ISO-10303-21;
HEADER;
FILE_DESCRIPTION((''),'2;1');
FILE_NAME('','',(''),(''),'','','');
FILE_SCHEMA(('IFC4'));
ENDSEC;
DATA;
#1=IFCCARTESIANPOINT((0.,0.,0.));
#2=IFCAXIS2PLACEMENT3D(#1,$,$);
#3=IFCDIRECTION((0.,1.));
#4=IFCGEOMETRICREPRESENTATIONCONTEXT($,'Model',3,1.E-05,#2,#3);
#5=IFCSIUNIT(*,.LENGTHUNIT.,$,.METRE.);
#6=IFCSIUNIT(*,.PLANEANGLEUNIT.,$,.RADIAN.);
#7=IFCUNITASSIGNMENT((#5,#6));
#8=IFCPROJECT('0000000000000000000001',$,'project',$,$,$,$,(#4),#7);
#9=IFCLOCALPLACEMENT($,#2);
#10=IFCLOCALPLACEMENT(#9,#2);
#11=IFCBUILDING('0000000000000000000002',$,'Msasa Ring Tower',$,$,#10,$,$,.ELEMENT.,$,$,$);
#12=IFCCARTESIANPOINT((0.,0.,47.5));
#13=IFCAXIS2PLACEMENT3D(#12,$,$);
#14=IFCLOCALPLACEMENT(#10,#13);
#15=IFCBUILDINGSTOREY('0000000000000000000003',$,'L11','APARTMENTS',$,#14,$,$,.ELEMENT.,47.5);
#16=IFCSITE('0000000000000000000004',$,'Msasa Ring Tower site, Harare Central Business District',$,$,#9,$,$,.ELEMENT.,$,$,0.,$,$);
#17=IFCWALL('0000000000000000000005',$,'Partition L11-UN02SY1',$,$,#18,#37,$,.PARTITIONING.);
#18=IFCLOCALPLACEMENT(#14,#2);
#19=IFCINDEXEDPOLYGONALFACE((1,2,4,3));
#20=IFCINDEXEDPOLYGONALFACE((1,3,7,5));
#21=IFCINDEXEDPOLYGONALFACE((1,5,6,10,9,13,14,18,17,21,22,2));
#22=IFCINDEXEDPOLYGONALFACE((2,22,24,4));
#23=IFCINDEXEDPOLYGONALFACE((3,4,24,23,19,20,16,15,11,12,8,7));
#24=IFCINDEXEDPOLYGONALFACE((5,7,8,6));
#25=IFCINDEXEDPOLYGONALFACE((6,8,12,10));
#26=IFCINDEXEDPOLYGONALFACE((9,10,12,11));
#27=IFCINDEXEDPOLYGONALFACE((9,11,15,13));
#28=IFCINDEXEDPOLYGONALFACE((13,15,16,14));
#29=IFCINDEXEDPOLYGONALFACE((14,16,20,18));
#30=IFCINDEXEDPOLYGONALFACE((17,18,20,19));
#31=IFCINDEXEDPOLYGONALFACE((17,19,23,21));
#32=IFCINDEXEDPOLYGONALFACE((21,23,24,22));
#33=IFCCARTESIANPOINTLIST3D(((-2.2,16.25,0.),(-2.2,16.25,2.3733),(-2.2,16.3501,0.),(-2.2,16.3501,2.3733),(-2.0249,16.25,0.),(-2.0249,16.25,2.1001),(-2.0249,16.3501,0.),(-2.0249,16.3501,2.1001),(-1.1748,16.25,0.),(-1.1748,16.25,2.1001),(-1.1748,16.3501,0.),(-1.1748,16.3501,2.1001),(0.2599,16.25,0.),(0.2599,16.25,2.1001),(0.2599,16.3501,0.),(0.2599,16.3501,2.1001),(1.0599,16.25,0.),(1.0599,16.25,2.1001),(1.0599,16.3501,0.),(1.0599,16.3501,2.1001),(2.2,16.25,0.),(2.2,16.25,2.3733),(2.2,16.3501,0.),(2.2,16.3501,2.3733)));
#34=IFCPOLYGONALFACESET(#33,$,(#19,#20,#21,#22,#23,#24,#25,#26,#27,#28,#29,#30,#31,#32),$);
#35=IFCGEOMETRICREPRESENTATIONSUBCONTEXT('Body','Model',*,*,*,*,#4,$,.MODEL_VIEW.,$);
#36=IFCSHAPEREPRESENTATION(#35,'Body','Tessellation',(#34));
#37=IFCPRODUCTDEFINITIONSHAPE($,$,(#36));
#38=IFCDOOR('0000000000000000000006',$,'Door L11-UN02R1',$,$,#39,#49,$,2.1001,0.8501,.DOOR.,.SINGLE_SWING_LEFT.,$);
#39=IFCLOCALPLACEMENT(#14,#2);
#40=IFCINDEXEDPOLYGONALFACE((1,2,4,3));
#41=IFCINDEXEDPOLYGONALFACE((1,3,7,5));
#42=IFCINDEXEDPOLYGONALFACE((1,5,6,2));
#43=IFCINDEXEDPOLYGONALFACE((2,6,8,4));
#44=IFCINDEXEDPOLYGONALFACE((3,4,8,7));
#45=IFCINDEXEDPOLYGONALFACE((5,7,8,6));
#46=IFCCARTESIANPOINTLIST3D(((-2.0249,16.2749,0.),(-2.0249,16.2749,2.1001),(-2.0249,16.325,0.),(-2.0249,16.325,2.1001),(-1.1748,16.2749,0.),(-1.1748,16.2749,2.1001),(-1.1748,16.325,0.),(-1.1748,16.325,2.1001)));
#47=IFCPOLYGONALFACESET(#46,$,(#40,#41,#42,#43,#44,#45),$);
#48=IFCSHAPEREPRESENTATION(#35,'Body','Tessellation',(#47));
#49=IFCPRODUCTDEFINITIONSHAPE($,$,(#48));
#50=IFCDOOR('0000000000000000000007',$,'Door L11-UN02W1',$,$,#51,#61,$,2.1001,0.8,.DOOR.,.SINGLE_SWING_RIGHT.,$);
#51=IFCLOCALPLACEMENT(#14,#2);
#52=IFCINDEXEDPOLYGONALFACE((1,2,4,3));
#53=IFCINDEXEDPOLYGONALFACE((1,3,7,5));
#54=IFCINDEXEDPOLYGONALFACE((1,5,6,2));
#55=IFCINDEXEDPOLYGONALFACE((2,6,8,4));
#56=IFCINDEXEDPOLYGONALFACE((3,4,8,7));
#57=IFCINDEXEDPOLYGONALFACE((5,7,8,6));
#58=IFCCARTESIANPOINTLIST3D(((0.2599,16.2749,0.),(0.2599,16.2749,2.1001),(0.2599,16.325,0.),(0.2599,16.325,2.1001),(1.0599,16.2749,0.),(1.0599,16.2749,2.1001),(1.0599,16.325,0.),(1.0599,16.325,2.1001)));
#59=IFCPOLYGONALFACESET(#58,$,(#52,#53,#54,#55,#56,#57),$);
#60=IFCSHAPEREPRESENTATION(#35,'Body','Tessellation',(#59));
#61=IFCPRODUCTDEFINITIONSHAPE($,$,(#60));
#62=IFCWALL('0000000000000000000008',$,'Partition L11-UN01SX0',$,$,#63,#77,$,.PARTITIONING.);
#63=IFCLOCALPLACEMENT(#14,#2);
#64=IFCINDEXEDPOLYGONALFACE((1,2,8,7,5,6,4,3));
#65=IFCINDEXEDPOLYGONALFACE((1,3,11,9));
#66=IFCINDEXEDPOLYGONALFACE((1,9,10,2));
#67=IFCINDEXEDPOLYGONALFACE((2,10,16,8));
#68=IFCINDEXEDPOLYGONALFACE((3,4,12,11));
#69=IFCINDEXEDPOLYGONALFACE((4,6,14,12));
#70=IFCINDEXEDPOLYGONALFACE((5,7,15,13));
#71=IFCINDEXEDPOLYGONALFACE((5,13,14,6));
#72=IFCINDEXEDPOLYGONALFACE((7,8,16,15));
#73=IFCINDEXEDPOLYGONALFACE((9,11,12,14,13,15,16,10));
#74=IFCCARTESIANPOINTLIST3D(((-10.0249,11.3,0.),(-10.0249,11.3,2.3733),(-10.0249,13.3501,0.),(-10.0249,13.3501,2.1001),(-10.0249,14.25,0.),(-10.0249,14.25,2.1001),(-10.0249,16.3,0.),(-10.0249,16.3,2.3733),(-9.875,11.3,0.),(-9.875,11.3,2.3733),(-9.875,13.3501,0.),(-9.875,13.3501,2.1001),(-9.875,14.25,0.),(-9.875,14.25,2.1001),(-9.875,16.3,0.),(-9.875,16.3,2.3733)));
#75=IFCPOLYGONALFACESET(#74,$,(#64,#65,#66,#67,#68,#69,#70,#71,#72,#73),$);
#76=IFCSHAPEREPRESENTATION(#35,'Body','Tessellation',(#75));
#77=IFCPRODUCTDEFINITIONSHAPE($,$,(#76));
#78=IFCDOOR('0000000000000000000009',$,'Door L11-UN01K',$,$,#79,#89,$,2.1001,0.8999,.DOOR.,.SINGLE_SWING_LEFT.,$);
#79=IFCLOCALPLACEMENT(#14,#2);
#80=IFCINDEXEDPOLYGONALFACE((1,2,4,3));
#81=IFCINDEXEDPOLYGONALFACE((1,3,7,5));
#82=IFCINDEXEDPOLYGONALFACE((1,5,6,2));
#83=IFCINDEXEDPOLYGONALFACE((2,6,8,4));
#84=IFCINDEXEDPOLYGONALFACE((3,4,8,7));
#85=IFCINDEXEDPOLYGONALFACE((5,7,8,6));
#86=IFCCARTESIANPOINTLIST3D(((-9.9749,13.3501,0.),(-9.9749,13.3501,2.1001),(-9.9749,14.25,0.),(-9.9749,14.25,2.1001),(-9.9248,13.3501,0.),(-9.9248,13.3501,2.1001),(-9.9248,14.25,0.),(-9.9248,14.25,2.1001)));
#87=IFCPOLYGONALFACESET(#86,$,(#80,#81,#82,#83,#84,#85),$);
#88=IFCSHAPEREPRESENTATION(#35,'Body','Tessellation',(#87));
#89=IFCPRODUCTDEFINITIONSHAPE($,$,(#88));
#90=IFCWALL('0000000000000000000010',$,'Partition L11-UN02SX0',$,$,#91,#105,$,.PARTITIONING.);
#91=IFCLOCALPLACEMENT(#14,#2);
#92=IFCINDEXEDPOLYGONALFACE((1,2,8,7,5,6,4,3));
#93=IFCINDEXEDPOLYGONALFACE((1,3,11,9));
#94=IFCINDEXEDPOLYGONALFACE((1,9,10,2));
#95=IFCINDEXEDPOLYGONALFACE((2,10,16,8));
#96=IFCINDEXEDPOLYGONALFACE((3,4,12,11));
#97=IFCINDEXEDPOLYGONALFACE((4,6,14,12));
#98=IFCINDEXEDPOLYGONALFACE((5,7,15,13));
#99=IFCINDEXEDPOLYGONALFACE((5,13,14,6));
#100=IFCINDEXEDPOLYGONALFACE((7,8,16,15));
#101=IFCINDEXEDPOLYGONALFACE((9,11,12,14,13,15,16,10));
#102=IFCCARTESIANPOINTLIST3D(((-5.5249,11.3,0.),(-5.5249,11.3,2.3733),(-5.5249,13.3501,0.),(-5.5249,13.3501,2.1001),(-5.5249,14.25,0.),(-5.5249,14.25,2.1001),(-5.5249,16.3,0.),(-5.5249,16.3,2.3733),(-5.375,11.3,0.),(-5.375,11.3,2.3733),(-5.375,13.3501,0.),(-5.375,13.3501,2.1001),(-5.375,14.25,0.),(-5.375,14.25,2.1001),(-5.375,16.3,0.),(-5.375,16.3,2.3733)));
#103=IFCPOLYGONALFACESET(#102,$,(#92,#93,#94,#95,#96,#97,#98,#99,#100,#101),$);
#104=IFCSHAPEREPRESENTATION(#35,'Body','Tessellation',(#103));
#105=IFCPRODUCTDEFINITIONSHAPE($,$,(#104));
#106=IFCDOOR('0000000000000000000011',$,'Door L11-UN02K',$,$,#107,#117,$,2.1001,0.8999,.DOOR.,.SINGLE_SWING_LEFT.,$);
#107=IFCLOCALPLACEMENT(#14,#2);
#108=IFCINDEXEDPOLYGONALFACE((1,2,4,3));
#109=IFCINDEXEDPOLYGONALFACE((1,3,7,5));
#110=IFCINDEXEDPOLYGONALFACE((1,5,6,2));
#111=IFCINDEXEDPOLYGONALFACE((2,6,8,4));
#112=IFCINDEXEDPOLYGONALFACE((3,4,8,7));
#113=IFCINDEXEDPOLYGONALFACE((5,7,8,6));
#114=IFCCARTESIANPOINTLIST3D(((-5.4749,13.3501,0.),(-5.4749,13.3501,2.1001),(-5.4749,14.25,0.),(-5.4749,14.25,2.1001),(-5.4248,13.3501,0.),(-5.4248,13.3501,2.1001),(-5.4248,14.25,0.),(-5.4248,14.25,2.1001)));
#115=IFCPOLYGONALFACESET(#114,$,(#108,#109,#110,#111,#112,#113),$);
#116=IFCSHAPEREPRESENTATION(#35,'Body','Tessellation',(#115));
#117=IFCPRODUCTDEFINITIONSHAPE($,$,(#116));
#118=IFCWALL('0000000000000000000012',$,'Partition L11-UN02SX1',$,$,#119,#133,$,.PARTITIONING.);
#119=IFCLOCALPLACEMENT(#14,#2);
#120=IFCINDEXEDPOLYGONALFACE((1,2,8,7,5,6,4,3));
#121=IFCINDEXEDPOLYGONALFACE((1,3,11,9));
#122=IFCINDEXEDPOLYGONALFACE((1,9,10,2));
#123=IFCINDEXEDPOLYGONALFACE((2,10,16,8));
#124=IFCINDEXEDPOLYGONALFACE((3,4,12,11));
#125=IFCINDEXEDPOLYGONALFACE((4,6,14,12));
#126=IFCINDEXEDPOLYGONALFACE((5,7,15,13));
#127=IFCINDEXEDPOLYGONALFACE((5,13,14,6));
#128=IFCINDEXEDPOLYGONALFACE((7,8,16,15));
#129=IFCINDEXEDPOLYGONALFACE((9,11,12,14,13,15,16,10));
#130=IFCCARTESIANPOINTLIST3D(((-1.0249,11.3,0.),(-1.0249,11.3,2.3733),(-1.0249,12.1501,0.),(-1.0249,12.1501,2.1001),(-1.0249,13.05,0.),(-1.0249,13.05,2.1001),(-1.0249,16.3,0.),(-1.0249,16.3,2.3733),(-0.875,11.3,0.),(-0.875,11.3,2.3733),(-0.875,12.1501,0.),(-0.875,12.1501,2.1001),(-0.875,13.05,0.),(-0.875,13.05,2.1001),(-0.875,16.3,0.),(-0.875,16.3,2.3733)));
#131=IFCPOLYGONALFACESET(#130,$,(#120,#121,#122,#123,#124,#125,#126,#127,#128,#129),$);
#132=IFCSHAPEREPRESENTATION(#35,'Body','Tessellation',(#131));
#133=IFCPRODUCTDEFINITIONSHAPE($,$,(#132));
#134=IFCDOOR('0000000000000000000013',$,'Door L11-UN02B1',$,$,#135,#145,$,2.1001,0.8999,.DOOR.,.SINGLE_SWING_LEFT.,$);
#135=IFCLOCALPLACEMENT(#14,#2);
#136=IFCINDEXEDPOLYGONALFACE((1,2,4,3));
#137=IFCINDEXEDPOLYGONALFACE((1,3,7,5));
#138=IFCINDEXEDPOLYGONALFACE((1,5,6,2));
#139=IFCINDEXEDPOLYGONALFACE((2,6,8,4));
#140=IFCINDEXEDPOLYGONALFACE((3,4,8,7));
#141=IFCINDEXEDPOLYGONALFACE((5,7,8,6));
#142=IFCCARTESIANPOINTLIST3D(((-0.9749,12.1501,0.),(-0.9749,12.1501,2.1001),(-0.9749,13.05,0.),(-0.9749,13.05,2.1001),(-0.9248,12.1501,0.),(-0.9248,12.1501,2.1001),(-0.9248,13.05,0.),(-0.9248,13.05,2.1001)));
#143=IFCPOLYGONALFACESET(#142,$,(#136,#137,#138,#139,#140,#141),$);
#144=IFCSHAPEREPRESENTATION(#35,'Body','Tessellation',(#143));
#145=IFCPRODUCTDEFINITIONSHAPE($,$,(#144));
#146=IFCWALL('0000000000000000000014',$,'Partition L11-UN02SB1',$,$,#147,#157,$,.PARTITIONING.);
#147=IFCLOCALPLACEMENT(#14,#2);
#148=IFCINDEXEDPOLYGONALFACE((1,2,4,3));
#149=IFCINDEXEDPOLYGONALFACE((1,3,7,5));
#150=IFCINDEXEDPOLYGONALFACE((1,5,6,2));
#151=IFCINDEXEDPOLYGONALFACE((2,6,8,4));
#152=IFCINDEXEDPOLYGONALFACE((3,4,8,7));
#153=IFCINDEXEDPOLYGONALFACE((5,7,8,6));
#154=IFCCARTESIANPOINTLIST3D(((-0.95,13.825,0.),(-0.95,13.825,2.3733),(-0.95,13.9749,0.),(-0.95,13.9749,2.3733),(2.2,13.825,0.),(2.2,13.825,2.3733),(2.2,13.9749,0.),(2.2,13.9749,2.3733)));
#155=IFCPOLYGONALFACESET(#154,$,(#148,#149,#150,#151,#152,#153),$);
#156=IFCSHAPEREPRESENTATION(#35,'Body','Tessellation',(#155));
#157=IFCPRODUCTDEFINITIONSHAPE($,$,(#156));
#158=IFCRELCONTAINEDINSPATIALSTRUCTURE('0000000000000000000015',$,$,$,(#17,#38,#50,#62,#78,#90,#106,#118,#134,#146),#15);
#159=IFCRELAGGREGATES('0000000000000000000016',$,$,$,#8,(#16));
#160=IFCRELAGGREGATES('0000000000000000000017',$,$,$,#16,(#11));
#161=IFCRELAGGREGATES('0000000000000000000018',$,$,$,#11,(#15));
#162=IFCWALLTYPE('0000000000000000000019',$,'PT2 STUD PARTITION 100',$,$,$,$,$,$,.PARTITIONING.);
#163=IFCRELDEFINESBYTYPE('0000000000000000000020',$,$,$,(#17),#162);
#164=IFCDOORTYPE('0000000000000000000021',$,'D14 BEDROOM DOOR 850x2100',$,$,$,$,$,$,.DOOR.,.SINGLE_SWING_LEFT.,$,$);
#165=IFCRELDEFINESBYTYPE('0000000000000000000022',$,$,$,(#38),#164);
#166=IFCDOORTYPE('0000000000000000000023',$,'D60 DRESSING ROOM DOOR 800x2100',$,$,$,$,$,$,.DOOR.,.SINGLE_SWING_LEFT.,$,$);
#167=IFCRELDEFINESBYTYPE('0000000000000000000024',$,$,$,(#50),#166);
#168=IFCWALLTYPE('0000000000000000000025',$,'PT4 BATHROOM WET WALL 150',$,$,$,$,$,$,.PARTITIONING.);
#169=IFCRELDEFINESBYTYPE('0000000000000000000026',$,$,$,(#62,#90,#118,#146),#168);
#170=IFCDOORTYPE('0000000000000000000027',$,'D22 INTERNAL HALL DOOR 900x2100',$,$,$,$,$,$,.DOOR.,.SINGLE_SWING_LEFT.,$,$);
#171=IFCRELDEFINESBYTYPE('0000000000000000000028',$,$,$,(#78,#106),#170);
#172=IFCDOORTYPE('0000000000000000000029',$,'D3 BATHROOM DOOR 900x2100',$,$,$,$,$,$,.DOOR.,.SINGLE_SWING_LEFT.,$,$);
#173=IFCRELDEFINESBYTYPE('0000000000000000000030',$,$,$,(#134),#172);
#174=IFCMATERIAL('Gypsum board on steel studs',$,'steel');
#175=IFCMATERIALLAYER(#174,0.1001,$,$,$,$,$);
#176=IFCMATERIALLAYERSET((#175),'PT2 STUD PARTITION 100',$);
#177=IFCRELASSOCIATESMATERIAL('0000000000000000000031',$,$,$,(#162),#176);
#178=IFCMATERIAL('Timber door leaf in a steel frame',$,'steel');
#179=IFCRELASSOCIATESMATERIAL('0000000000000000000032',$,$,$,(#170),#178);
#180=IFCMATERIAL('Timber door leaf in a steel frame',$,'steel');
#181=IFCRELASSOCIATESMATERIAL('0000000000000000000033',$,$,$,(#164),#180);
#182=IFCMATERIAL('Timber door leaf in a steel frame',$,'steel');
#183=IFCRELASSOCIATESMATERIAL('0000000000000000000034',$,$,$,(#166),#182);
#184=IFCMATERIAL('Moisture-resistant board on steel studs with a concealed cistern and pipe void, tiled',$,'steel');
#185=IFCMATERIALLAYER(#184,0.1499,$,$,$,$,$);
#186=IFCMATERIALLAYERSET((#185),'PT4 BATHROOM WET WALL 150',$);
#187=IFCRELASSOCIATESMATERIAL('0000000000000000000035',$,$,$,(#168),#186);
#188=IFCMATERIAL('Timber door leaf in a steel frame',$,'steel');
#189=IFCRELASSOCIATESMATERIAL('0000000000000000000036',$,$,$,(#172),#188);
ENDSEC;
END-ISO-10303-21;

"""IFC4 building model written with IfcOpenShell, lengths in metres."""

from ifc_helpers import new_model, si_unit, direction, frame, frame_2d, origin, place, context, subcontext, project, spatial, rectangle, extrude, material, layer, layer_set, type_object, element, fill, save


model = new_model("IFC4")

# Units and contexts
model_context = context("Model", 3, precision=1e-05, world=origin(), true_north=direction((0.0, 1.0)))
body_context = subcontext(model_context, "Body", "Model", "MODEL_VIEW")
ifc_project = project(units=[si_unit("LENGTHUNIT", "METRE"), si_unit("PLANEANGLEUNIT", "RADIAN")], contexts=[model_context])

# Site, building, storey
site_placement = place(None, origin())
site = spatial("IfcSite", under=ifc_project, at=site_placement, Name="Msasa Ring Tower site, Harare Central Business District", CompositionType="ELEMENT", RefElevation=0.0)
building_placement = place(site_placement, origin())
building = spatial("IfcBuilding", under=site, at=building_placement, Name="Msasa Ring Tower", CompositionType="ELEMENT")
storey_placement = place(building_placement, frame((0.0, 0.0, 47.5)))
storey = spatial("IfcBuildingStorey", under=building, at=storey_placement, Name="L11", Description="APARTMENTS", CompositionType="ELEMENT", Elevation=47.5)

# Shared definitions
ifc_material_1 = material(Name="Gypsum board on steel studs", Category="steel")
ifc_layer_1 = layer(ifc_material_1, 0.1001)
ifc_layer_set_1 = layer_set([ifc_layer_1], Name="PT2 STUD PARTITION 100")
wall_type_1 = type_object("IfcWallType", Name="PT2 STUD PARTITION 100", PredefinedType="PARTITIONING", material=ifc_layer_set_1)
ifc_material_2 = material(Name="Timber door leaf in a steel frame", Category="steel")
door_type_1 = type_object("IfcDoorType", Name="D22 INTERNAL HALL DOOR 900x2100", OperationType="SINGLE_SWING_LEFT", PredefinedType="DOOR", material=ifc_material_2)

# Wall, openings, doors
wall_1_placement = place(storey_placement, frame((-2.2, 16.3, 0.0), z_axis=(0.0, 0.0, 1.0), x_axis=(1.0, 0.0, 0.0)))
wall_1 = element("IfcWall", 1, at=wall_1_placement, inside=storey, type_object=wall_type_1, Name="Partition L11-UN02SY1", PredefinedType="PARTITIONING", context=body_context, shape_type="SweptSolid", body=[
    extrude(rectangle(XDim=4.3999, YDim=0.1001, at=frame_2d((2.2, 0.0))), origin(), (0.0, 0.0, 1.0), 2.3733),
])
opening_1_placement = place(wall_1_placement, frame((0.175, 0.0, 0.0)))
opening_1 = element("IfcOpeningElement", 2, at=opening_1_placement, cuts=wall_1, PredefinedType="OPENING", context=body_context, shape_type="SweptSolid", body=[
    extrude(rectangle(XDim=0.8501, YDim=2.1001, at=frame_2d((0.425, 1.05))), frame((0.0, 0.0601, 0.0), z_axis=(0.0, -1.0, 0.0), x_axis=(1.0, 0.0, 0.0)), (0.0, 0.0, 1.0), 0.1201),
])
opening_2_placement = place(wall_1_placement, frame((2.46, 0.0, 0.0)))
opening_2 = element("IfcOpeningElement", 3, at=opening_2_placement, cuts=wall_1, PredefinedType="OPENING", context=body_context, shape_type="SweptSolid", body=[
    extrude(rectangle(XDim=0.8, YDim=2.1001, at=frame_2d((0.3999, 1.05))), frame((0.0, 0.0601, 0.0), z_axis=(0.0, -1.0, 0.0), x_axis=(1.0, 0.0, 0.0)), (0.0, 0.0, 1.0), 0.1201),
])
ifc_material_3 = material(Name="Timber door leaf in a steel frame", Category="steel")
door_type_2 = type_object("IfcDoorType", Name="D14 BEDROOM DOOR 850x2100", OperationType="SINGLE_SWING_LEFT", PredefinedType="DOOR", material=ifc_material_3)
door_1_placement = place(opening_1_placement, origin())
door_1 = element("IfcDoor", 4, at=door_1_placement, inside=storey, type_object=door_type_2, Name="Door L11-UN02R1", OperationType="SINGLE_SWING_LEFT", OverallHeight=2.1001, OverallWidth=0.8501, PredefinedType="DOOR", context=body_context, shape_type="SweptSolid", body=[
    extrude(rectangle(XDim=0.8501, YDim=2.1001, at=frame_2d((0.425, 1.05))), frame((0.0, 0.0249, 0.0), z_axis=(0.0, -1.0, 0.0), x_axis=(1.0, 0.0, 0.0)), (0.0, 0.0, 1.0), 0.05),
])
fill(opening_1, door_1)
ifc_material_4 = material(Name="Timber door leaf in a steel frame", Category="steel")
door_type_3 = type_object("IfcDoorType", Name="D60 DRESSING ROOM DOOR 800x2100", OperationType="SINGLE_SWING_LEFT", PredefinedType="DOOR", material=ifc_material_4)
door_2_placement = place(opening_2_placement, origin())
door_2 = element("IfcDoor", 5, at=door_2_placement, inside=storey, type_object=door_type_3, Name="Door L11-UN02W1", OperationType="SINGLE_SWING_RIGHT", OverallHeight=2.1001, OverallWidth=0.8, PredefinedType="DOOR", context=body_context, shape_type="SweptSolid", body=[
    extrude(rectangle(XDim=0.8, YDim=2.1001, at=frame_2d((0.3999, 1.05))), frame((0.0, 0.0249, 0.0), z_axis=(0.0, -1.0, 0.0), x_axis=(1.0, 0.0, 0.0)), (0.0, 0.0, 1.0), 0.05),
])
fill(opening_2, door_2)

# Walls, openings, doors
ifc_material_5 = material(Name="Moisture-resistant board on steel studs with a concealed cistern and pipe void, tiled", Category="steel")
ifc_layer_2 = layer(ifc_material_5, 0.1499)
ifc_layer_set_2 = layer_set([ifc_layer_2], Name="PT4 BATHROOM WET WALL 150")
wall_type_2 = type_object("IfcWallType", Name="PT4 BATHROOM WET WALL 150", PredefinedType="PARTITIONING", material=ifc_layer_set_2)
wall_2_placement = place(storey_placement, frame((-9.95, 11.3, 0.0), z_axis=(0.0, 0.0, 1.0), x_axis=(0.0, 1.0, 0.0)))
wall_2 = element("IfcWall", 6, at=wall_2_placement, inside=storey, type_object=wall_type_2, Name="Partition L11-UN01SX0", PredefinedType="PARTITIONING", context=body_context, shape_type="SweptSolid", body=[
    extrude(rectangle(XDim=5.0, YDim=0.1499, at=frame_2d((2.5, 0.0))), origin(), (0.0, 0.0, 1.0), 2.3733),
])
opening_3_placement = place(wall_2_placement, frame((2.05, 0.0, 0.0)))
opening_3 = element("IfcOpeningElement", 7, at=opening_3_placement, cuts=wall_2, PredefinedType="OPENING", context=body_context, shape_type="SweptSolid", body=[
    extrude(rectangle(XDim=0.8999, YDim=2.1001, at=frame_2d((0.45, 1.05))), frame((0.0, 0.085, 0.0), z_axis=(0.0, -1.0, 0.0), x_axis=(1.0, 0.0, 0.0)), (0.0, 0.0, 1.0), 0.1699),
])
door_3_placement = place(opening_3_placement, origin())
door_3 = element("IfcDoor", 8, at=door_3_placement, inside=storey, type_object=door_type_1, Name="Door L11-UN01K", OperationType="SINGLE_SWING_LEFT", OverallHeight=2.1001, OverallWidth=0.8999, PredefinedType="DOOR", context=body_context, shape_type="SweptSolid", body=[
    extrude(rectangle(XDim=0.8999, YDim=2.1001, at=frame_2d((0.45, 1.05))), frame((0.0, 0.0249, 0.0), z_axis=(0.0, -1.0, 0.0), x_axis=(1.0, 0.0, 0.0)), (0.0, 0.0, 1.0), 0.05),
])
fill(opening_3, door_3)
wall_3_placement = place(storey_placement, frame((-5.45, 11.3, 0.0), z_axis=(0.0, 0.0, 1.0), x_axis=(0.0, 1.0, 0.0)))
wall_3 = element("IfcWall", 9, at=wall_3_placement, inside=storey, type_object=wall_type_2, Name="Partition L11-UN02SX0", PredefinedType="PARTITIONING", context=body_context, shape_type="SweptSolid", body=[
    extrude(rectangle(XDim=5.0, YDim=0.1499, at=frame_2d((2.5, 0.0))), origin(), (0.0, 0.0, 1.0), 2.3733),
])
opening_4_placement = place(wall_3_placement, frame((2.05, 0.0, 0.0)))
opening_4 = element("IfcOpeningElement", 10, at=opening_4_placement, cuts=wall_3, PredefinedType="OPENING", context=body_context, shape_type="SweptSolid", body=[
    extrude(rectangle(XDim=0.8999, YDim=2.1001, at=frame_2d((0.45, 1.05))), frame((0.0, 0.085, 0.0), z_axis=(0.0, -1.0, 0.0), x_axis=(1.0, 0.0, 0.0)), (0.0, 0.0, 1.0), 0.1699),
])
door_4_placement = place(opening_4_placement, origin())
door_4 = element("IfcDoor", 11, at=door_4_placement, inside=storey, type_object=door_type_1, Name="Door L11-UN02K", OperationType="SINGLE_SWING_LEFT", OverallHeight=2.1001, OverallWidth=0.8999, PredefinedType="DOOR", context=body_context, shape_type="SweptSolid", body=[
    extrude(rectangle(XDim=0.8999, YDim=2.1001, at=frame_2d((0.45, 1.05))), frame((0.0, 0.0249, 0.0), z_axis=(0.0, -1.0, 0.0), x_axis=(1.0, 0.0, 0.0)), (0.0, 0.0, 1.0), 0.05),
])
fill(opening_4, door_4)
wall_4_placement = place(storey_placement, frame((-0.95, 11.3, 0.0), z_axis=(0.0, 0.0, 1.0), x_axis=(0.0, 1.0, 0.0)))
wall_4 = element("IfcWall", 12, at=wall_4_placement, inside=storey, type_object=wall_type_2, Name="Partition L11-UN02SX1", PredefinedType="PARTITIONING", context=body_context, shape_type="SweptSolid", body=[
    extrude(rectangle(XDim=5.0, YDim=0.1499, at=frame_2d((2.5, 0.0))), origin(), (0.0, 0.0, 1.0), 2.3733),
])
opening_5_placement = place(wall_4_placement, frame((0.8501, 0.0, 0.0)))
opening_5 = element("IfcOpeningElement", 13, at=opening_5_placement, cuts=wall_4, PredefinedType="OPENING", context=body_context, shape_type="SweptSolid", body=[
    extrude(rectangle(XDim=0.8999, YDim=2.1001, at=frame_2d((0.45, 1.05))), frame((0.0, 0.085, 0.0), z_axis=(0.0, -1.0, 0.0), x_axis=(1.0, 0.0, 0.0)), (0.0, 0.0, 1.0), 0.1699),
])
ifc_material_6 = material(Name="Timber door leaf in a steel frame", Category="steel")
door_type_4 = type_object("IfcDoorType", Name="D3 BATHROOM DOOR 900x2100", OperationType="SINGLE_SWING_LEFT", PredefinedType="DOOR", material=ifc_material_6)
door_5_placement = place(opening_5_placement, origin())
door_5 = element("IfcDoor", 14, at=door_5_placement, inside=storey, type_object=door_type_4, Name="Door L11-UN02B1", OperationType="SINGLE_SWING_LEFT", OverallHeight=2.1001, OverallWidth=0.8999, PredefinedType="DOOR", context=body_context, shape_type="SweptSolid", body=[
    extrude(rectangle(XDim=0.8999, YDim=2.1001, at=frame_2d((0.45, 1.05))), frame((0.0, 0.0249, 0.0), z_axis=(0.0, -1.0, 0.0), x_axis=(1.0, 0.0, 0.0)), (0.0, 0.0, 1.0), 0.05),
])
fill(opening_5, door_5)

# Wall
wall_5_placement = place(storey_placement, frame((-0.95, 13.8999, 0.0), z_axis=(0.0, 0.0, 1.0), x_axis=(1.0, 0.0, 0.0)))
element("IfcWall", 15, at=wall_5_placement, inside=storey, type_object=wall_type_2, Name="Partition L11-UN02SB1", PredefinedType="PARTITIONING", context=body_context, shape_type="SweptSolid", body=[
    extrude(rectangle(XDim=3.1499, YDim=0.1499, at=frame_2d((1.575, 0.0))), origin(), (0.0, 0.0, 1.0), 2.3733),
])

save(model, "model.ifc")
